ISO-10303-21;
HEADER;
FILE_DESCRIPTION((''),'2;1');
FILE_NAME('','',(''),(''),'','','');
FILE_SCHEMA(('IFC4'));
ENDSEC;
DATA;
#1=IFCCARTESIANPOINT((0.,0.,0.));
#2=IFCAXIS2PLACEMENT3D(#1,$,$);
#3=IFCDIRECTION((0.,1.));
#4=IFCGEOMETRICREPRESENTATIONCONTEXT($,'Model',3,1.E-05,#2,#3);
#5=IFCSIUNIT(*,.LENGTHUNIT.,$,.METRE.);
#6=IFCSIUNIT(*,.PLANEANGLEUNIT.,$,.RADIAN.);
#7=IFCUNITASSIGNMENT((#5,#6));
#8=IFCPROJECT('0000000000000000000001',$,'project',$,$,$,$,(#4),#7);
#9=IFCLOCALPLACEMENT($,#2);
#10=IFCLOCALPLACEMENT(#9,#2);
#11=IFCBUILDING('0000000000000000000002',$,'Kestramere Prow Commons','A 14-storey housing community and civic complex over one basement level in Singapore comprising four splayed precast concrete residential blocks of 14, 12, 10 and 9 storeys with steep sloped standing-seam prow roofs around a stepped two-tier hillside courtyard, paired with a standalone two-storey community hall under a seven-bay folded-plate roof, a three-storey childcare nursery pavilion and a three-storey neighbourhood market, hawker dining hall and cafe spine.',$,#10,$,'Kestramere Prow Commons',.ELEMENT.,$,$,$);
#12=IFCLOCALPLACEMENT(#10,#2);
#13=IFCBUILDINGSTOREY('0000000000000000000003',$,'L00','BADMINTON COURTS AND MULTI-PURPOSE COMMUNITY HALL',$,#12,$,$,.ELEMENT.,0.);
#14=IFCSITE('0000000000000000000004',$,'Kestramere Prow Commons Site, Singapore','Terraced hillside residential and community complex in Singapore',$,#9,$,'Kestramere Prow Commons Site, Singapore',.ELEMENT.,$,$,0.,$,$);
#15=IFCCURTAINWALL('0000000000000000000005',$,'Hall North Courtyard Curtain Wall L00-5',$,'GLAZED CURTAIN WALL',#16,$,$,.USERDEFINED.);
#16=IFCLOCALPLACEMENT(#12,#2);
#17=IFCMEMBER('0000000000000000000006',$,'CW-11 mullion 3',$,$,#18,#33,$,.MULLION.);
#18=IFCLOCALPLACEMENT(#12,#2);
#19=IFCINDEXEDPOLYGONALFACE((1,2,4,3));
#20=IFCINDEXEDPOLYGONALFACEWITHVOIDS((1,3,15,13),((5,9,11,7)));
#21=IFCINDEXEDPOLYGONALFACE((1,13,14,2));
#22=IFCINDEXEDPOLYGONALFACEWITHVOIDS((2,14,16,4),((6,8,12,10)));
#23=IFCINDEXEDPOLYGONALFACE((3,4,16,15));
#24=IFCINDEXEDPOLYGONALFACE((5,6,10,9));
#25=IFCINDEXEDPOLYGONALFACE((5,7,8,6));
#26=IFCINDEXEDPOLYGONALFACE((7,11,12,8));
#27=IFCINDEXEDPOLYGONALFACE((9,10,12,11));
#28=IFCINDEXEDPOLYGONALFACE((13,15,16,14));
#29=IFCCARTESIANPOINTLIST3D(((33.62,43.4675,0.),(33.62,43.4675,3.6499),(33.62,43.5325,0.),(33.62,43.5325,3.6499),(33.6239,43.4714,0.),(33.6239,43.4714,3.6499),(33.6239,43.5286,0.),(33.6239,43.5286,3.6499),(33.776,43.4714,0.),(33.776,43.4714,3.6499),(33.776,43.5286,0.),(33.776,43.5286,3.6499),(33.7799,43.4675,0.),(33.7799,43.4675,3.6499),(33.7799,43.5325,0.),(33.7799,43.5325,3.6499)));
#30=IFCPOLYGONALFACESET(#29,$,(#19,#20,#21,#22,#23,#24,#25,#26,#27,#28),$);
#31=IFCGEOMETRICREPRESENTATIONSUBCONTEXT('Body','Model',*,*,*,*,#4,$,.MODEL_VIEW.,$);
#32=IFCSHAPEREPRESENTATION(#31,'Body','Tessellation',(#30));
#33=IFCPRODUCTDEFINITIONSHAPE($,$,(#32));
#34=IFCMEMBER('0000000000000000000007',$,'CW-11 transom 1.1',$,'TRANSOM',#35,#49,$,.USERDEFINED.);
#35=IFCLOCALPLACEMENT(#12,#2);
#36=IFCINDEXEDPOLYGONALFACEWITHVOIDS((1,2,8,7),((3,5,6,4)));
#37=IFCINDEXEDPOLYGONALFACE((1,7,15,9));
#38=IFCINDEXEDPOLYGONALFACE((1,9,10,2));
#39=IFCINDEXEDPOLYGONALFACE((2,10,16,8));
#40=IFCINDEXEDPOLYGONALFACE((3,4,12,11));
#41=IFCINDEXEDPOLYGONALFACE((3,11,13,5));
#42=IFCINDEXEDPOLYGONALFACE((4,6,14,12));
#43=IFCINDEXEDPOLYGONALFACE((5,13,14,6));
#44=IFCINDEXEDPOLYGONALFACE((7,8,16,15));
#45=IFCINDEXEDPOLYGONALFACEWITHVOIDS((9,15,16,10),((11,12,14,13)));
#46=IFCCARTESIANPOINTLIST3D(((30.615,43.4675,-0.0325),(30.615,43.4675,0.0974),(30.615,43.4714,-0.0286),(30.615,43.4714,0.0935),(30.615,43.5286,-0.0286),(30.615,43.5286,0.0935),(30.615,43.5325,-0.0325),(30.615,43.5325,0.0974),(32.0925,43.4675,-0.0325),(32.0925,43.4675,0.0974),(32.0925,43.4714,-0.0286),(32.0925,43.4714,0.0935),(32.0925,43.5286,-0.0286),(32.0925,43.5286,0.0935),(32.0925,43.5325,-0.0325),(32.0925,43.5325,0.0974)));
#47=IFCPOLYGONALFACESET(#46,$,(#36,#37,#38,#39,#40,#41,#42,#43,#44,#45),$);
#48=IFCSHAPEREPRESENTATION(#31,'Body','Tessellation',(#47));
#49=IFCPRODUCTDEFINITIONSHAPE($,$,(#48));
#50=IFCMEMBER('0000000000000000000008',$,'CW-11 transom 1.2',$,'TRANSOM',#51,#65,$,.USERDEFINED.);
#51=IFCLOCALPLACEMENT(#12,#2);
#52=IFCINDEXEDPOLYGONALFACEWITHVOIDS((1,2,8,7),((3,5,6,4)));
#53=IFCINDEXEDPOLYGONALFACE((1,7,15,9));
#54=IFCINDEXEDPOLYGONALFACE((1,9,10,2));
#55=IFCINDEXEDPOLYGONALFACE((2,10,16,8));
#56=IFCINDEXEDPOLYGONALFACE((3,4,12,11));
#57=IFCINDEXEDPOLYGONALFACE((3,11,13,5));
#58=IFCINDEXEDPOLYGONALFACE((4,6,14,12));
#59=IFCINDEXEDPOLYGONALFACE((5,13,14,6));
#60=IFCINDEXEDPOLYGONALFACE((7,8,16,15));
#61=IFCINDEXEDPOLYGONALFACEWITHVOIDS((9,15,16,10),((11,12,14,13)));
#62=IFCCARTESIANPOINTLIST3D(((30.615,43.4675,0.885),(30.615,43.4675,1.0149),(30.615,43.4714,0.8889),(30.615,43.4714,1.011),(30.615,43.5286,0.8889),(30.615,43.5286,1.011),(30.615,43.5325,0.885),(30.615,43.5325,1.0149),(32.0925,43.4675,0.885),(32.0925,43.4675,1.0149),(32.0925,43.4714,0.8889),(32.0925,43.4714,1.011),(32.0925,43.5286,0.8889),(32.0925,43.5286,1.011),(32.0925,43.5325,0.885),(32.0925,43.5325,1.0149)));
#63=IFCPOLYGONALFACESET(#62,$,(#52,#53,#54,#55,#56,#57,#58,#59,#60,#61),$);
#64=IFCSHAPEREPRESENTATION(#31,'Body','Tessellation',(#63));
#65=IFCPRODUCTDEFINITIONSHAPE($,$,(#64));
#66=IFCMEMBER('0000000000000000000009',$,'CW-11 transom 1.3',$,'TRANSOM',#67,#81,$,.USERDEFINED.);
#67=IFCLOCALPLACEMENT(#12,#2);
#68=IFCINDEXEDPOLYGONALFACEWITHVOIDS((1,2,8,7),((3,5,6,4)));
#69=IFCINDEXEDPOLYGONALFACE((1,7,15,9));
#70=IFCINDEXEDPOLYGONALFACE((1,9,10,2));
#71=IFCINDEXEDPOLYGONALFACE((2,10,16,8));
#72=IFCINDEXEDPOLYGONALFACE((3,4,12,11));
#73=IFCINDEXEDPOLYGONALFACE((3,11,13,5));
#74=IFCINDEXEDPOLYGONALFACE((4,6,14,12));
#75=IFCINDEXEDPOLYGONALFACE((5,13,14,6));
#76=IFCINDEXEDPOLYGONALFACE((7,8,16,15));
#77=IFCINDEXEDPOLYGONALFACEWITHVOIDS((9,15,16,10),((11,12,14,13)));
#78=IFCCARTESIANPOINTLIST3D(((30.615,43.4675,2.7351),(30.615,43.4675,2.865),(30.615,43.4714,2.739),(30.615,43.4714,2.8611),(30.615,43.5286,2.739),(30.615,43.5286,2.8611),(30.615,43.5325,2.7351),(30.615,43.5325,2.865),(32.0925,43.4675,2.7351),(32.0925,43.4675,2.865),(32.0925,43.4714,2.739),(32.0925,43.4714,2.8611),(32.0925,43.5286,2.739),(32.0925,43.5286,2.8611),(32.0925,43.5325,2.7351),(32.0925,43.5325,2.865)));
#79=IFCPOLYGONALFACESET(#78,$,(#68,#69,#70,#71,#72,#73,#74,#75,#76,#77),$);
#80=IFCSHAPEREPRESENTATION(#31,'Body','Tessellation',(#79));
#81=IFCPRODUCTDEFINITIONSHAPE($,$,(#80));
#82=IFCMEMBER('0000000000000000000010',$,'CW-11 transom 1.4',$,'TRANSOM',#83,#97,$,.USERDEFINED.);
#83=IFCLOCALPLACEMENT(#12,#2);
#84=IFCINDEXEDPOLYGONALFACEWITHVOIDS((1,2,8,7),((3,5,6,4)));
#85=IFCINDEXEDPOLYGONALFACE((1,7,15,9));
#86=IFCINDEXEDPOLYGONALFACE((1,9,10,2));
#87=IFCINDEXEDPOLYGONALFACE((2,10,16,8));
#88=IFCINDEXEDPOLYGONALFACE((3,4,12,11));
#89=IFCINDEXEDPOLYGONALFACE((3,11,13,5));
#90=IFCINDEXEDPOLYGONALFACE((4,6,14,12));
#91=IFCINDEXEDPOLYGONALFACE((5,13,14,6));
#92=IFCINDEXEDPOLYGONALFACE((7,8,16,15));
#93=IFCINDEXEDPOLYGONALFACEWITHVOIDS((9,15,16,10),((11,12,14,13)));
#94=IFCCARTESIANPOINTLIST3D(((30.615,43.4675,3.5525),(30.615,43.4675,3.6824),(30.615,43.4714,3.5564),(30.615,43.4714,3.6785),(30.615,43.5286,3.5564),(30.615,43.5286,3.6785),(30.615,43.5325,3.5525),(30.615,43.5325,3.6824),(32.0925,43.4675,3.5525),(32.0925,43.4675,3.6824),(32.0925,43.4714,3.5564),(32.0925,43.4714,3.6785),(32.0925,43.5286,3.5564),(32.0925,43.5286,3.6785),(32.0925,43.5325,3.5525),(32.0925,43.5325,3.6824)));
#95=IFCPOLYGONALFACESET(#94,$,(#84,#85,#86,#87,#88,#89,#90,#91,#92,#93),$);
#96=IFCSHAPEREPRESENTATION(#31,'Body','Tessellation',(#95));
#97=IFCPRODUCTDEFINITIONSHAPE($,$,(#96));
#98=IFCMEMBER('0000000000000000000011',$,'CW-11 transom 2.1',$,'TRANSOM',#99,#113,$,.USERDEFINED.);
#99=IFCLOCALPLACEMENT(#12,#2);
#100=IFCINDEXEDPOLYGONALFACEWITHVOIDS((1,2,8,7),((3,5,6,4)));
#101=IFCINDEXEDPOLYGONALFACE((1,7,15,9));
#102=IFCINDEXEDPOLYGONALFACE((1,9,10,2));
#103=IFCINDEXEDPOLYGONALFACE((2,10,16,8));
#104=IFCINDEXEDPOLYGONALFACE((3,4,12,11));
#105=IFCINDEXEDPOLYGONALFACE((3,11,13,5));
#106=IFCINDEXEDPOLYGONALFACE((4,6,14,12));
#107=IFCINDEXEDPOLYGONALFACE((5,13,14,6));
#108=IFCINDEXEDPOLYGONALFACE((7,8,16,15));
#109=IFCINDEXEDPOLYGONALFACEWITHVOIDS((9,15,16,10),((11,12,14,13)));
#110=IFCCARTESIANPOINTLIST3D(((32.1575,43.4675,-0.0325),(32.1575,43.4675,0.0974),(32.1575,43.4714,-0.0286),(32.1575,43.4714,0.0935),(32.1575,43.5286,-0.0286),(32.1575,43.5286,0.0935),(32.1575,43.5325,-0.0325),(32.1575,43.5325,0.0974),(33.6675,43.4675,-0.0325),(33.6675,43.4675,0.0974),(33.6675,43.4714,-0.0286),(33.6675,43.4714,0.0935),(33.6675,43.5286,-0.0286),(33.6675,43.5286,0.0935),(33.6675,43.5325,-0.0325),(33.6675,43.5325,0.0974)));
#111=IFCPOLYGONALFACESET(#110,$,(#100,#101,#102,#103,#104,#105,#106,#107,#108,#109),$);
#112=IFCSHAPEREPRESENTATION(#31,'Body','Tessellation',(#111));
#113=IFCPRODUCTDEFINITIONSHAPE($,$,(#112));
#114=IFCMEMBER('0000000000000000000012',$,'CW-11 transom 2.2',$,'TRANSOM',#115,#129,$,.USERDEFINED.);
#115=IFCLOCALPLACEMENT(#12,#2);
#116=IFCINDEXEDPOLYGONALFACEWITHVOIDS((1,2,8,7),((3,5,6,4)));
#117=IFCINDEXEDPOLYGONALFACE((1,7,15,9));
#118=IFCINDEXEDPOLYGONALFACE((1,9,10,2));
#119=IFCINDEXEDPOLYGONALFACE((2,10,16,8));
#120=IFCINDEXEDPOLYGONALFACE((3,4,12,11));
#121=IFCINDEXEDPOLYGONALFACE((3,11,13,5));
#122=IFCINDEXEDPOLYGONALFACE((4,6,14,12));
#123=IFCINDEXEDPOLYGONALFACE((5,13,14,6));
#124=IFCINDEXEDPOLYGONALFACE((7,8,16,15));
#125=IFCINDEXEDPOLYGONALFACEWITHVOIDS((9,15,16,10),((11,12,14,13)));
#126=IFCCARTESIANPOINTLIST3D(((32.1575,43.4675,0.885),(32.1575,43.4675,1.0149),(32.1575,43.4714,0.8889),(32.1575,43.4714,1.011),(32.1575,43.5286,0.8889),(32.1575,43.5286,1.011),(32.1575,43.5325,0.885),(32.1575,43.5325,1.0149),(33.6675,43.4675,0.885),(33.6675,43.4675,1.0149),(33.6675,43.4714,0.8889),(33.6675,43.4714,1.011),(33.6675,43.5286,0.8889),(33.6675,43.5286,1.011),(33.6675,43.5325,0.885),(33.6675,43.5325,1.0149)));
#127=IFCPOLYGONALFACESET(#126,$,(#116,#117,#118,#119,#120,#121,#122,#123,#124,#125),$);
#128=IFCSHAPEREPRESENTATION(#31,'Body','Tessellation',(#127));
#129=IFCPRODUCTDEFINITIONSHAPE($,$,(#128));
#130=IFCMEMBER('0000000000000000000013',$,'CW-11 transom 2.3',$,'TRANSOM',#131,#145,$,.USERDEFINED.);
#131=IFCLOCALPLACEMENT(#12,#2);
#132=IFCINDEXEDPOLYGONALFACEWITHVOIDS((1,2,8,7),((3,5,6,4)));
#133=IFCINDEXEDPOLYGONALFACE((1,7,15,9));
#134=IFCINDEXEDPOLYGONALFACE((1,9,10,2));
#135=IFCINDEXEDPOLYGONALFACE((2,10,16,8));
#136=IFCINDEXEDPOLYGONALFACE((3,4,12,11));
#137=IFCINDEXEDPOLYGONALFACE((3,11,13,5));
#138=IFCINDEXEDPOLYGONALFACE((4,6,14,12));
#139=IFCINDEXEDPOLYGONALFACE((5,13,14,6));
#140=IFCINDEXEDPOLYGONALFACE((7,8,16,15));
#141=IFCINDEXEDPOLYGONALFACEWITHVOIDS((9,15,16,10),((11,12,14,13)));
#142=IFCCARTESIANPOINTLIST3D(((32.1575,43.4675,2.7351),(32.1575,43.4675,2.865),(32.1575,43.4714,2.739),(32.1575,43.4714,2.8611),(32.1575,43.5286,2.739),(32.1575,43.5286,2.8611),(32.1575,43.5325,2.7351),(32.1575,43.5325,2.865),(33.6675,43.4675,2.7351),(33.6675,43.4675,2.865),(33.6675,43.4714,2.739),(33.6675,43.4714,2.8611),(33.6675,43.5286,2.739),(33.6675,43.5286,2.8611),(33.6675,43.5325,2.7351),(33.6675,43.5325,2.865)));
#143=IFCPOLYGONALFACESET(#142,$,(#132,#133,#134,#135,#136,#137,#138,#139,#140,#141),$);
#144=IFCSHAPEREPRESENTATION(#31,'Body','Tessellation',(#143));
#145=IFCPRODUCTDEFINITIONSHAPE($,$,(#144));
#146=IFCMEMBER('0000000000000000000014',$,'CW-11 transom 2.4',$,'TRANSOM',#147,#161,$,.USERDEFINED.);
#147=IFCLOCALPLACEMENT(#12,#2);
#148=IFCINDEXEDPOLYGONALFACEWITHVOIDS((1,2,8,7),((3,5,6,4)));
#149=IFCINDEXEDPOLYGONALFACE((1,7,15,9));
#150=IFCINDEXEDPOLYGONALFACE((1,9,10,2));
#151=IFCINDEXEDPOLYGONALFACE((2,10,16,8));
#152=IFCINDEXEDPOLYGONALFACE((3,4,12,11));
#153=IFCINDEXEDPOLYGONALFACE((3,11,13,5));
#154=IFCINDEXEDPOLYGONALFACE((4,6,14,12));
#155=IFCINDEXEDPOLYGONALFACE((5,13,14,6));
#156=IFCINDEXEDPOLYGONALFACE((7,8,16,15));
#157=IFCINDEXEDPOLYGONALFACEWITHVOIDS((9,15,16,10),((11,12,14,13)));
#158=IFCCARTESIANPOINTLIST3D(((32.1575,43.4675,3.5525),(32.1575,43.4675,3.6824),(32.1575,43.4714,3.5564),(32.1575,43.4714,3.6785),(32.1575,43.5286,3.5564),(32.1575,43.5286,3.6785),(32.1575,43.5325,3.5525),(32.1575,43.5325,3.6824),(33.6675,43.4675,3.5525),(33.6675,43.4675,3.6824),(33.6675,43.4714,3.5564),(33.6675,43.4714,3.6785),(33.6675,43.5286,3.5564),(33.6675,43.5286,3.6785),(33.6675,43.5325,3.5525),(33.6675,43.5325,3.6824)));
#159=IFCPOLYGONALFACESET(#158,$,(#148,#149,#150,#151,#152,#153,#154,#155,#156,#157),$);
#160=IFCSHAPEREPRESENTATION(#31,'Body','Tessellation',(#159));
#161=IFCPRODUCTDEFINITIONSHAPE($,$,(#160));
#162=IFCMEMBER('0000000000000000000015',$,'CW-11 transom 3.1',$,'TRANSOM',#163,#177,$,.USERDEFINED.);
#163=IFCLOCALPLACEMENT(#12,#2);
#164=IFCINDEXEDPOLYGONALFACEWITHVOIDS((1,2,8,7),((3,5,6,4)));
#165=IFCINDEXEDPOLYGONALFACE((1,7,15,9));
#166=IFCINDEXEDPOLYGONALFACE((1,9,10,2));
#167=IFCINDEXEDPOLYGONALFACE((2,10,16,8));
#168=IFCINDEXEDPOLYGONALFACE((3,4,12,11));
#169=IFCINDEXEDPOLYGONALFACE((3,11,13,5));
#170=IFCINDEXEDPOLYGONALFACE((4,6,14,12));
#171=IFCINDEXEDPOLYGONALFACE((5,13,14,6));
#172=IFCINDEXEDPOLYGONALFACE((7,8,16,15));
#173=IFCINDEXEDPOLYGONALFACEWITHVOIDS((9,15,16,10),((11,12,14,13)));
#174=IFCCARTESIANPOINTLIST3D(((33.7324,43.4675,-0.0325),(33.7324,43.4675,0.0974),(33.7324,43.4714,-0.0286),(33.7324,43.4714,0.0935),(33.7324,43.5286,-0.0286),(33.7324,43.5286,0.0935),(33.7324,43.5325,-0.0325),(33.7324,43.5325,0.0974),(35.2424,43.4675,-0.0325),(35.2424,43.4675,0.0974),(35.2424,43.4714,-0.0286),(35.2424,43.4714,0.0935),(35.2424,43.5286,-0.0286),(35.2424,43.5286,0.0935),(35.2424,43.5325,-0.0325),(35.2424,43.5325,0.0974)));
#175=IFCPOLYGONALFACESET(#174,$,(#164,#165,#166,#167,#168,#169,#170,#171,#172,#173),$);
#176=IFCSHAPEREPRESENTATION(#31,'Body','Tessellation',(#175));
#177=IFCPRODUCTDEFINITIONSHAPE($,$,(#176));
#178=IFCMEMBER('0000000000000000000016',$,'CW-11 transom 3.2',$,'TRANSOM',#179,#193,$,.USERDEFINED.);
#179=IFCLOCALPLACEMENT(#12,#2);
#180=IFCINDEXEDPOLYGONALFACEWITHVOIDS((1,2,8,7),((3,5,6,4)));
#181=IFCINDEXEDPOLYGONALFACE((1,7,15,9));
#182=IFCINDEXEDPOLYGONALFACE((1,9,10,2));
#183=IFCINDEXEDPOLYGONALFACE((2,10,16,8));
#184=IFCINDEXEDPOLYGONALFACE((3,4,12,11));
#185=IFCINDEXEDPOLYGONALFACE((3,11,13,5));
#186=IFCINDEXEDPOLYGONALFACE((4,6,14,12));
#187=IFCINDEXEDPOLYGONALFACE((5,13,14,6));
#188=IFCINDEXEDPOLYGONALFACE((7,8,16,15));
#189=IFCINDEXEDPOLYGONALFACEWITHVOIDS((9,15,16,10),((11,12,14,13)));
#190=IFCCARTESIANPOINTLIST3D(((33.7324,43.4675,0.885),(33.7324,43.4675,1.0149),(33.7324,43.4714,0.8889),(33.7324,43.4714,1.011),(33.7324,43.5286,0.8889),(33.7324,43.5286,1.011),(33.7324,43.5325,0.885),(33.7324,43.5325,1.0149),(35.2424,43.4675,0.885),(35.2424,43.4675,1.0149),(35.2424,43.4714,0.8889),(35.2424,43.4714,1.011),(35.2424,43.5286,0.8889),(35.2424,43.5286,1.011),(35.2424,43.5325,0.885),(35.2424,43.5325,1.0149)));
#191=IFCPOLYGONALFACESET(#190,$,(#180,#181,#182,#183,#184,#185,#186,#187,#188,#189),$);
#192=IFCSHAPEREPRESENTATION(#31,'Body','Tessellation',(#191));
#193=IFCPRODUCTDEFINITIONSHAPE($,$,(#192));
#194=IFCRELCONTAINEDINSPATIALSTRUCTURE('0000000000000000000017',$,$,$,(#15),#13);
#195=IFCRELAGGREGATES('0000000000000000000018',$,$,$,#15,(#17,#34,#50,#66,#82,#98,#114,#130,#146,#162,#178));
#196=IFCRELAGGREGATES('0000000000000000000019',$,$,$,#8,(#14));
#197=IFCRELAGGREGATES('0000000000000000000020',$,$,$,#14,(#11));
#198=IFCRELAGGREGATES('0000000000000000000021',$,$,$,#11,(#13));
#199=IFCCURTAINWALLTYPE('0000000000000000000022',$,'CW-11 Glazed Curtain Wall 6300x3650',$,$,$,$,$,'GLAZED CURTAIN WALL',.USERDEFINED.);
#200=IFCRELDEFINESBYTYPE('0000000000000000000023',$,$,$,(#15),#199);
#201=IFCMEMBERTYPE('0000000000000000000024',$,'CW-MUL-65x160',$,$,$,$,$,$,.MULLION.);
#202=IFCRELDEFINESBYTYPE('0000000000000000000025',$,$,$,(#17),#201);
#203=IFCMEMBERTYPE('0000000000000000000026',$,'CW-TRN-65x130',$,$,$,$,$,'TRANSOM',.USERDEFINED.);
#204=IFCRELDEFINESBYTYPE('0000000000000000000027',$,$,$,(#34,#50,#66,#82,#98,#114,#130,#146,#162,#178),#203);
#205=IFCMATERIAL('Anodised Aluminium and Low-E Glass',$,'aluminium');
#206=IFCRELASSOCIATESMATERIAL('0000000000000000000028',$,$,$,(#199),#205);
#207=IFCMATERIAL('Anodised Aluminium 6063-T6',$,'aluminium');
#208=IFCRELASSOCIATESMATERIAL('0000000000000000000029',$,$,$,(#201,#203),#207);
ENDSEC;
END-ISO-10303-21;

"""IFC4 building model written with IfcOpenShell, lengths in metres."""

from ifc_helpers import new_model, si_unit, direction, frame, origin, origin_2d, place, context, subcontext, project, spatial, hollow_rectangle, extrude, material, material_profile, profile_set, type_object, element, aggregate, save


model = new_model("IFC4")

# Units and contexts
model_context = context("Model", 3, precision=1e-05, world=origin(), true_north=direction((0.0, 1.0)))
body_context = subcontext(model_context, "Body", "Model", "MODEL_VIEW")
ifc_project = project(units=[si_unit("LENGTHUNIT", "METRE"), si_unit("PLANEANGLEUNIT", "RADIAN")], contexts=[model_context])

# Site, building, storey
site_placement = place(None, origin())
site = spatial("IfcSite", under=ifc_project, at=site_placement, Name="Kestramere Prow Commons Site, Singapore", Description="Terraced hillside residential and community complex in Singapore", LongName="Kestramere Prow Commons Site, Singapore", CompositionType="ELEMENT", RefElevation=0.0)
building_placement = place(site_placement, origin())
building = spatial("IfcBuilding", under=site, at=building_placement, Name="Kestramere Prow Commons", Description="A 14-storey housing community and civic complex over one basement level in Singapore comprising four splayed precast concrete residential blocks of 14, 12, 10 and 9 storeys with steep sloped standing-seam prow roofs around a stepped two-tier hillside courtyard, paired with a standalone two-storey community hall under a seven-bay folded-plate roof, a three-storey childcare nursery pavilion and a three-storey neighbourhood market, hawker dining hall and cafe spine.", LongName="Kestramere Prow Commons", CompositionType="ELEMENT")
storey_placement = place(building_placement, origin())
storey = spatial("IfcBuildingStorey", under=building, at=storey_placement, Name="L00", Description="BADMINTON COURTS AND MULTI-PURPOSE COMMUNITY HALL", CompositionType="ELEMENT", Elevation=0.0)

# Curtain wall, members
ifc_material_1 = material(Name="Anodised Aluminium and Low-E Glass", Category="aluminium")
curtain_wall_type = type_object("IfcCurtainWallType", Name="CW-11 Glazed Curtain Wall 6300x3650", ElementType="GLAZED CURTAIN WALL", PredefinedType="USERDEFINED", material=ifc_material_1)
curtain_wall_placement = place(storey_placement, origin())
curtain_wall = element("IfcCurtainWall", 1, at=curtain_wall_placement, inside=storey, type_object=curtain_wall_type, Name="Hall North Courtyard Curtain Wall L00-5", ObjectType="GLAZED CURTAIN WALL", PredefinedType="USERDEFINED")
ifc_material_2 = material(Name="Anodised Aluminium 6063-T6", Category="aluminium")
ifc_material_profile_1 = material_profile(ifc_material_2, hollow_rectangle(XDim=0.0649, YDim=0.1599, WallThickness=0.0039, at=origin_2d()), Name="ALU-MUL 65x160")
ifc_profile_set_1 = profile_set([ifc_material_profile_1], Name="Anodised Aluminium 6063-T6")
member_type_1 = type_object("IfcMemberType", Name="CW-MUL-65x160", PredefinedType="MULLION", material=ifc_profile_set_1)
member_1_placement = place(storey_placement, frame((33.7, 43.5, 0.0), z_axis=(0.0, 0.0, 1.0), x_axis=(0.0, 1.0, 0.0)))
member_1 = element("IfcMember", 2, at=member_1_placement, type_object=member_type_1, Name="CW-11 mullion 3", PredefinedType="MULLION", context=body_context, shape_type="SweptSolid", body=[
    extrude(hollow_rectangle(XDim=0.0649, YDim=0.1599, WallThickness=0.0039, at=origin_2d()), origin(), (0.0, 0.0, 1.0), 3.6499),
])
ifc_material_profile_2 = material_profile(ifc_material_2, hollow_rectangle(XDim=0.0649, YDim=0.1299, WallThickness=0.0039, at=origin_2d()), Name="ALU-TRN 65x130")
ifc_profile_set_2 = profile_set([ifc_material_profile_2], Name="Anodised Aluminium 6063-T6")
member_type_2 = type_object("IfcMemberType", Name="CW-TRN-65x130", ElementType="TRANSOM", PredefinedType="USERDEFINED", material=ifc_profile_set_2)
member_2_placement = place(storey_placement, frame((30.615, 43.5, 0.0325), z_axis=(1.0, 0.0, 0.0), x_axis=(0.0, 1.0, 0.0)))
member_2 = element("IfcMember", 3, at=member_2_placement, type_object=member_type_2, Name="CW-11 transom 1.1", ObjectType="TRANSOM", PredefinedType="USERDEFINED", context=body_context, shape_type="SweptSolid", body=[
    extrude(hollow_rectangle(XDim=0.0649, YDim=0.1299, WallThickness=0.0039, at=origin_2d()), origin(), (0.0, 0.0, 1.0), 1.4775),
])
member_3_placement = place(storey_placement, frame((30.615, 43.5, 0.95), z_axis=(1.0, 0.0, 0.0), x_axis=(0.0, 1.0, 0.0)))
member_3 = element("IfcMember", 4, at=member_3_placement, type_object=member_type_2, Name="CW-11 transom 1.2", ObjectType="TRANSOM", PredefinedType="USERDEFINED", context=body_context, shape_type="SweptSolid", body=[
    extrude(hollow_rectangle(XDim=0.0649, YDim=0.1299, WallThickness=0.0039, at=origin_2d()), origin(), (0.0, 0.0, 1.0), 1.4775),
])
member_4_placement = place(storey_placement, frame((30.615, 43.5, 2.8), z_axis=(1.0, 0.0, 0.0), x_axis=(0.0, 1.0, 0.0)))
member_4 = element("IfcMember", 5, at=member_4_placement, type_object=member_type_2, Name="CW-11 transom 1.3", ObjectType="TRANSOM", PredefinedType="USERDEFINED", context=body_context, shape_type="SweptSolid", body=[
    extrude(hollow_rectangle(XDim=0.0649, YDim=0.1299, WallThickness=0.0039, at=origin_2d()), origin(), (0.0, 0.0, 1.0), 1.4775),
])
member_5_placement = place(storey_placement, frame((30.615, 43.5, 3.6174), z_axis=(1.0, 0.0, 0.0), x_axis=(0.0, 1.0, 0.0)))
member_5 = element("IfcMember", 6, at=member_5_placement, type_object=member_type_2, Name="CW-11 transom 1.4", ObjectType="TRANSOM", PredefinedType="USERDEFINED", context=body_context, shape_type="SweptSolid", body=[
    extrude(hollow_rectangle(XDim=0.0649, YDim=0.1299, WallThickness=0.0039, at=origin_2d()), origin(), (0.0, 0.0, 1.0), 1.4775),
])
member_6_placement = place(storey_placement, frame((32.1575, 43.5, 0.0325), z_axis=(1.0, 0.0, 0.0), x_axis=(0.0, 1.0, 0.0)))
member_6 = element("IfcMember", 7, at=member_6_placement, type_object=member_type_2, Name="CW-11 transom 2.1", ObjectType="TRANSOM", PredefinedType="USERDEFINED", context=body_context, shape_type="SweptSolid", body=[
    extrude(hollow_rectangle(XDim=0.0649, YDim=0.1299, WallThickness=0.0039, at=origin_2d()), origin(), (0.0, 0.0, 1.0), 1.51),
])
member_7_placement = place(storey_placement, frame((32.1575, 43.5, 0.95), z_axis=(1.0, 0.0, 0.0), x_axis=(0.0, 1.0, 0.0)))
member_7 = element("IfcMember", 8, at=member_7_placement, type_object=member_type_2, Name="CW-11 transom 2.2", ObjectType="TRANSOM", PredefinedType="USERDEFINED", context=body_context, shape_type="SweptSolid", body=[
    extrude(hollow_rectangle(XDim=0.0649, YDim=0.1299, WallThickness=0.0039, at=origin_2d()), origin(), (0.0, 0.0, 1.0), 1.51),
])
member_8_placement = place(storey_placement, frame((32.1575, 43.5, 2.8), z_axis=(1.0, 0.0, 0.0), x_axis=(0.0, 1.0, 0.0)))
member_8 = element("IfcMember", 9, at=member_8_placement, type_object=member_type_2, Name="CW-11 transom 2.3", ObjectType="TRANSOM", PredefinedType="USERDEFINED", context=body_context, shape_type="SweptSolid", body=[
    extrude(hollow_rectangle(XDim=0.0649, YDim=0.1299, WallThickness=0.0039, at=origin_2d()), origin(), (0.0, 0.0, 1.0), 1.51),
])
member_9_placement = place(storey_placement, frame((32.1575, 43.5, 3.6174), z_axis=(1.0, 0.0, 0.0), x_axis=(0.0, 1.0, 0.0)))
member_9 = element("IfcMember", 10, at=member_9_placement, type_object=member_type_2, Name="CW-11 transom 2.4", ObjectType="TRANSOM", PredefinedType="USERDEFINED", context=body_context, shape_type="SweptSolid", body=[
    extrude(hollow_rectangle(XDim=0.0649, YDim=0.1299, WallThickness=0.0039, at=origin_2d()), origin(), (0.0, 0.0, 1.0), 1.51),
])
member_10_placement = place(storey_placement, frame((33.7324, 43.5, 0.0325), z_axis=(1.0, 0.0, 0.0), x_axis=(0.0, 1.0, 0.0)))
member_10 = element("IfcMember", 11, at=member_10_placement, type_object=member_type_2, Name="CW-11 transom 3.1", ObjectType="TRANSOM", PredefinedType="USERDEFINED", context=body_context, shape_type="SweptSolid", body=[
    extrude(hollow_rectangle(XDim=0.0649, YDim=0.1299, WallThickness=0.0039, at=origin_2d()), origin(), (0.0, 0.0, 1.0), 1.51),
])
member_11_placement = place(storey_placement, frame((33.7324, 43.5, 0.95), z_axis=(1.0, 0.0, 0.0), x_axis=(0.0, 1.0, 0.0)))
member_11 = element("IfcMember", 12, at=member_11_placement, type_object=member_type_2, Name="CW-11 transom 3.2", ObjectType="TRANSOM", PredefinedType="USERDEFINED", context=body_context, shape_type="SweptSolid", body=[
    extrude(hollow_rectangle(XDim=0.0649, YDim=0.1299, WallThickness=0.0039, at=origin_2d()), origin(), (0.0, 0.0, 1.0), 1.51),
])
aggregate(curtain_wall, [member_1, member_2, member_3, member_4, member_5, member_6, member_7, member_8, member_9, member_10, member_11])

save(model, "model.ifc")
